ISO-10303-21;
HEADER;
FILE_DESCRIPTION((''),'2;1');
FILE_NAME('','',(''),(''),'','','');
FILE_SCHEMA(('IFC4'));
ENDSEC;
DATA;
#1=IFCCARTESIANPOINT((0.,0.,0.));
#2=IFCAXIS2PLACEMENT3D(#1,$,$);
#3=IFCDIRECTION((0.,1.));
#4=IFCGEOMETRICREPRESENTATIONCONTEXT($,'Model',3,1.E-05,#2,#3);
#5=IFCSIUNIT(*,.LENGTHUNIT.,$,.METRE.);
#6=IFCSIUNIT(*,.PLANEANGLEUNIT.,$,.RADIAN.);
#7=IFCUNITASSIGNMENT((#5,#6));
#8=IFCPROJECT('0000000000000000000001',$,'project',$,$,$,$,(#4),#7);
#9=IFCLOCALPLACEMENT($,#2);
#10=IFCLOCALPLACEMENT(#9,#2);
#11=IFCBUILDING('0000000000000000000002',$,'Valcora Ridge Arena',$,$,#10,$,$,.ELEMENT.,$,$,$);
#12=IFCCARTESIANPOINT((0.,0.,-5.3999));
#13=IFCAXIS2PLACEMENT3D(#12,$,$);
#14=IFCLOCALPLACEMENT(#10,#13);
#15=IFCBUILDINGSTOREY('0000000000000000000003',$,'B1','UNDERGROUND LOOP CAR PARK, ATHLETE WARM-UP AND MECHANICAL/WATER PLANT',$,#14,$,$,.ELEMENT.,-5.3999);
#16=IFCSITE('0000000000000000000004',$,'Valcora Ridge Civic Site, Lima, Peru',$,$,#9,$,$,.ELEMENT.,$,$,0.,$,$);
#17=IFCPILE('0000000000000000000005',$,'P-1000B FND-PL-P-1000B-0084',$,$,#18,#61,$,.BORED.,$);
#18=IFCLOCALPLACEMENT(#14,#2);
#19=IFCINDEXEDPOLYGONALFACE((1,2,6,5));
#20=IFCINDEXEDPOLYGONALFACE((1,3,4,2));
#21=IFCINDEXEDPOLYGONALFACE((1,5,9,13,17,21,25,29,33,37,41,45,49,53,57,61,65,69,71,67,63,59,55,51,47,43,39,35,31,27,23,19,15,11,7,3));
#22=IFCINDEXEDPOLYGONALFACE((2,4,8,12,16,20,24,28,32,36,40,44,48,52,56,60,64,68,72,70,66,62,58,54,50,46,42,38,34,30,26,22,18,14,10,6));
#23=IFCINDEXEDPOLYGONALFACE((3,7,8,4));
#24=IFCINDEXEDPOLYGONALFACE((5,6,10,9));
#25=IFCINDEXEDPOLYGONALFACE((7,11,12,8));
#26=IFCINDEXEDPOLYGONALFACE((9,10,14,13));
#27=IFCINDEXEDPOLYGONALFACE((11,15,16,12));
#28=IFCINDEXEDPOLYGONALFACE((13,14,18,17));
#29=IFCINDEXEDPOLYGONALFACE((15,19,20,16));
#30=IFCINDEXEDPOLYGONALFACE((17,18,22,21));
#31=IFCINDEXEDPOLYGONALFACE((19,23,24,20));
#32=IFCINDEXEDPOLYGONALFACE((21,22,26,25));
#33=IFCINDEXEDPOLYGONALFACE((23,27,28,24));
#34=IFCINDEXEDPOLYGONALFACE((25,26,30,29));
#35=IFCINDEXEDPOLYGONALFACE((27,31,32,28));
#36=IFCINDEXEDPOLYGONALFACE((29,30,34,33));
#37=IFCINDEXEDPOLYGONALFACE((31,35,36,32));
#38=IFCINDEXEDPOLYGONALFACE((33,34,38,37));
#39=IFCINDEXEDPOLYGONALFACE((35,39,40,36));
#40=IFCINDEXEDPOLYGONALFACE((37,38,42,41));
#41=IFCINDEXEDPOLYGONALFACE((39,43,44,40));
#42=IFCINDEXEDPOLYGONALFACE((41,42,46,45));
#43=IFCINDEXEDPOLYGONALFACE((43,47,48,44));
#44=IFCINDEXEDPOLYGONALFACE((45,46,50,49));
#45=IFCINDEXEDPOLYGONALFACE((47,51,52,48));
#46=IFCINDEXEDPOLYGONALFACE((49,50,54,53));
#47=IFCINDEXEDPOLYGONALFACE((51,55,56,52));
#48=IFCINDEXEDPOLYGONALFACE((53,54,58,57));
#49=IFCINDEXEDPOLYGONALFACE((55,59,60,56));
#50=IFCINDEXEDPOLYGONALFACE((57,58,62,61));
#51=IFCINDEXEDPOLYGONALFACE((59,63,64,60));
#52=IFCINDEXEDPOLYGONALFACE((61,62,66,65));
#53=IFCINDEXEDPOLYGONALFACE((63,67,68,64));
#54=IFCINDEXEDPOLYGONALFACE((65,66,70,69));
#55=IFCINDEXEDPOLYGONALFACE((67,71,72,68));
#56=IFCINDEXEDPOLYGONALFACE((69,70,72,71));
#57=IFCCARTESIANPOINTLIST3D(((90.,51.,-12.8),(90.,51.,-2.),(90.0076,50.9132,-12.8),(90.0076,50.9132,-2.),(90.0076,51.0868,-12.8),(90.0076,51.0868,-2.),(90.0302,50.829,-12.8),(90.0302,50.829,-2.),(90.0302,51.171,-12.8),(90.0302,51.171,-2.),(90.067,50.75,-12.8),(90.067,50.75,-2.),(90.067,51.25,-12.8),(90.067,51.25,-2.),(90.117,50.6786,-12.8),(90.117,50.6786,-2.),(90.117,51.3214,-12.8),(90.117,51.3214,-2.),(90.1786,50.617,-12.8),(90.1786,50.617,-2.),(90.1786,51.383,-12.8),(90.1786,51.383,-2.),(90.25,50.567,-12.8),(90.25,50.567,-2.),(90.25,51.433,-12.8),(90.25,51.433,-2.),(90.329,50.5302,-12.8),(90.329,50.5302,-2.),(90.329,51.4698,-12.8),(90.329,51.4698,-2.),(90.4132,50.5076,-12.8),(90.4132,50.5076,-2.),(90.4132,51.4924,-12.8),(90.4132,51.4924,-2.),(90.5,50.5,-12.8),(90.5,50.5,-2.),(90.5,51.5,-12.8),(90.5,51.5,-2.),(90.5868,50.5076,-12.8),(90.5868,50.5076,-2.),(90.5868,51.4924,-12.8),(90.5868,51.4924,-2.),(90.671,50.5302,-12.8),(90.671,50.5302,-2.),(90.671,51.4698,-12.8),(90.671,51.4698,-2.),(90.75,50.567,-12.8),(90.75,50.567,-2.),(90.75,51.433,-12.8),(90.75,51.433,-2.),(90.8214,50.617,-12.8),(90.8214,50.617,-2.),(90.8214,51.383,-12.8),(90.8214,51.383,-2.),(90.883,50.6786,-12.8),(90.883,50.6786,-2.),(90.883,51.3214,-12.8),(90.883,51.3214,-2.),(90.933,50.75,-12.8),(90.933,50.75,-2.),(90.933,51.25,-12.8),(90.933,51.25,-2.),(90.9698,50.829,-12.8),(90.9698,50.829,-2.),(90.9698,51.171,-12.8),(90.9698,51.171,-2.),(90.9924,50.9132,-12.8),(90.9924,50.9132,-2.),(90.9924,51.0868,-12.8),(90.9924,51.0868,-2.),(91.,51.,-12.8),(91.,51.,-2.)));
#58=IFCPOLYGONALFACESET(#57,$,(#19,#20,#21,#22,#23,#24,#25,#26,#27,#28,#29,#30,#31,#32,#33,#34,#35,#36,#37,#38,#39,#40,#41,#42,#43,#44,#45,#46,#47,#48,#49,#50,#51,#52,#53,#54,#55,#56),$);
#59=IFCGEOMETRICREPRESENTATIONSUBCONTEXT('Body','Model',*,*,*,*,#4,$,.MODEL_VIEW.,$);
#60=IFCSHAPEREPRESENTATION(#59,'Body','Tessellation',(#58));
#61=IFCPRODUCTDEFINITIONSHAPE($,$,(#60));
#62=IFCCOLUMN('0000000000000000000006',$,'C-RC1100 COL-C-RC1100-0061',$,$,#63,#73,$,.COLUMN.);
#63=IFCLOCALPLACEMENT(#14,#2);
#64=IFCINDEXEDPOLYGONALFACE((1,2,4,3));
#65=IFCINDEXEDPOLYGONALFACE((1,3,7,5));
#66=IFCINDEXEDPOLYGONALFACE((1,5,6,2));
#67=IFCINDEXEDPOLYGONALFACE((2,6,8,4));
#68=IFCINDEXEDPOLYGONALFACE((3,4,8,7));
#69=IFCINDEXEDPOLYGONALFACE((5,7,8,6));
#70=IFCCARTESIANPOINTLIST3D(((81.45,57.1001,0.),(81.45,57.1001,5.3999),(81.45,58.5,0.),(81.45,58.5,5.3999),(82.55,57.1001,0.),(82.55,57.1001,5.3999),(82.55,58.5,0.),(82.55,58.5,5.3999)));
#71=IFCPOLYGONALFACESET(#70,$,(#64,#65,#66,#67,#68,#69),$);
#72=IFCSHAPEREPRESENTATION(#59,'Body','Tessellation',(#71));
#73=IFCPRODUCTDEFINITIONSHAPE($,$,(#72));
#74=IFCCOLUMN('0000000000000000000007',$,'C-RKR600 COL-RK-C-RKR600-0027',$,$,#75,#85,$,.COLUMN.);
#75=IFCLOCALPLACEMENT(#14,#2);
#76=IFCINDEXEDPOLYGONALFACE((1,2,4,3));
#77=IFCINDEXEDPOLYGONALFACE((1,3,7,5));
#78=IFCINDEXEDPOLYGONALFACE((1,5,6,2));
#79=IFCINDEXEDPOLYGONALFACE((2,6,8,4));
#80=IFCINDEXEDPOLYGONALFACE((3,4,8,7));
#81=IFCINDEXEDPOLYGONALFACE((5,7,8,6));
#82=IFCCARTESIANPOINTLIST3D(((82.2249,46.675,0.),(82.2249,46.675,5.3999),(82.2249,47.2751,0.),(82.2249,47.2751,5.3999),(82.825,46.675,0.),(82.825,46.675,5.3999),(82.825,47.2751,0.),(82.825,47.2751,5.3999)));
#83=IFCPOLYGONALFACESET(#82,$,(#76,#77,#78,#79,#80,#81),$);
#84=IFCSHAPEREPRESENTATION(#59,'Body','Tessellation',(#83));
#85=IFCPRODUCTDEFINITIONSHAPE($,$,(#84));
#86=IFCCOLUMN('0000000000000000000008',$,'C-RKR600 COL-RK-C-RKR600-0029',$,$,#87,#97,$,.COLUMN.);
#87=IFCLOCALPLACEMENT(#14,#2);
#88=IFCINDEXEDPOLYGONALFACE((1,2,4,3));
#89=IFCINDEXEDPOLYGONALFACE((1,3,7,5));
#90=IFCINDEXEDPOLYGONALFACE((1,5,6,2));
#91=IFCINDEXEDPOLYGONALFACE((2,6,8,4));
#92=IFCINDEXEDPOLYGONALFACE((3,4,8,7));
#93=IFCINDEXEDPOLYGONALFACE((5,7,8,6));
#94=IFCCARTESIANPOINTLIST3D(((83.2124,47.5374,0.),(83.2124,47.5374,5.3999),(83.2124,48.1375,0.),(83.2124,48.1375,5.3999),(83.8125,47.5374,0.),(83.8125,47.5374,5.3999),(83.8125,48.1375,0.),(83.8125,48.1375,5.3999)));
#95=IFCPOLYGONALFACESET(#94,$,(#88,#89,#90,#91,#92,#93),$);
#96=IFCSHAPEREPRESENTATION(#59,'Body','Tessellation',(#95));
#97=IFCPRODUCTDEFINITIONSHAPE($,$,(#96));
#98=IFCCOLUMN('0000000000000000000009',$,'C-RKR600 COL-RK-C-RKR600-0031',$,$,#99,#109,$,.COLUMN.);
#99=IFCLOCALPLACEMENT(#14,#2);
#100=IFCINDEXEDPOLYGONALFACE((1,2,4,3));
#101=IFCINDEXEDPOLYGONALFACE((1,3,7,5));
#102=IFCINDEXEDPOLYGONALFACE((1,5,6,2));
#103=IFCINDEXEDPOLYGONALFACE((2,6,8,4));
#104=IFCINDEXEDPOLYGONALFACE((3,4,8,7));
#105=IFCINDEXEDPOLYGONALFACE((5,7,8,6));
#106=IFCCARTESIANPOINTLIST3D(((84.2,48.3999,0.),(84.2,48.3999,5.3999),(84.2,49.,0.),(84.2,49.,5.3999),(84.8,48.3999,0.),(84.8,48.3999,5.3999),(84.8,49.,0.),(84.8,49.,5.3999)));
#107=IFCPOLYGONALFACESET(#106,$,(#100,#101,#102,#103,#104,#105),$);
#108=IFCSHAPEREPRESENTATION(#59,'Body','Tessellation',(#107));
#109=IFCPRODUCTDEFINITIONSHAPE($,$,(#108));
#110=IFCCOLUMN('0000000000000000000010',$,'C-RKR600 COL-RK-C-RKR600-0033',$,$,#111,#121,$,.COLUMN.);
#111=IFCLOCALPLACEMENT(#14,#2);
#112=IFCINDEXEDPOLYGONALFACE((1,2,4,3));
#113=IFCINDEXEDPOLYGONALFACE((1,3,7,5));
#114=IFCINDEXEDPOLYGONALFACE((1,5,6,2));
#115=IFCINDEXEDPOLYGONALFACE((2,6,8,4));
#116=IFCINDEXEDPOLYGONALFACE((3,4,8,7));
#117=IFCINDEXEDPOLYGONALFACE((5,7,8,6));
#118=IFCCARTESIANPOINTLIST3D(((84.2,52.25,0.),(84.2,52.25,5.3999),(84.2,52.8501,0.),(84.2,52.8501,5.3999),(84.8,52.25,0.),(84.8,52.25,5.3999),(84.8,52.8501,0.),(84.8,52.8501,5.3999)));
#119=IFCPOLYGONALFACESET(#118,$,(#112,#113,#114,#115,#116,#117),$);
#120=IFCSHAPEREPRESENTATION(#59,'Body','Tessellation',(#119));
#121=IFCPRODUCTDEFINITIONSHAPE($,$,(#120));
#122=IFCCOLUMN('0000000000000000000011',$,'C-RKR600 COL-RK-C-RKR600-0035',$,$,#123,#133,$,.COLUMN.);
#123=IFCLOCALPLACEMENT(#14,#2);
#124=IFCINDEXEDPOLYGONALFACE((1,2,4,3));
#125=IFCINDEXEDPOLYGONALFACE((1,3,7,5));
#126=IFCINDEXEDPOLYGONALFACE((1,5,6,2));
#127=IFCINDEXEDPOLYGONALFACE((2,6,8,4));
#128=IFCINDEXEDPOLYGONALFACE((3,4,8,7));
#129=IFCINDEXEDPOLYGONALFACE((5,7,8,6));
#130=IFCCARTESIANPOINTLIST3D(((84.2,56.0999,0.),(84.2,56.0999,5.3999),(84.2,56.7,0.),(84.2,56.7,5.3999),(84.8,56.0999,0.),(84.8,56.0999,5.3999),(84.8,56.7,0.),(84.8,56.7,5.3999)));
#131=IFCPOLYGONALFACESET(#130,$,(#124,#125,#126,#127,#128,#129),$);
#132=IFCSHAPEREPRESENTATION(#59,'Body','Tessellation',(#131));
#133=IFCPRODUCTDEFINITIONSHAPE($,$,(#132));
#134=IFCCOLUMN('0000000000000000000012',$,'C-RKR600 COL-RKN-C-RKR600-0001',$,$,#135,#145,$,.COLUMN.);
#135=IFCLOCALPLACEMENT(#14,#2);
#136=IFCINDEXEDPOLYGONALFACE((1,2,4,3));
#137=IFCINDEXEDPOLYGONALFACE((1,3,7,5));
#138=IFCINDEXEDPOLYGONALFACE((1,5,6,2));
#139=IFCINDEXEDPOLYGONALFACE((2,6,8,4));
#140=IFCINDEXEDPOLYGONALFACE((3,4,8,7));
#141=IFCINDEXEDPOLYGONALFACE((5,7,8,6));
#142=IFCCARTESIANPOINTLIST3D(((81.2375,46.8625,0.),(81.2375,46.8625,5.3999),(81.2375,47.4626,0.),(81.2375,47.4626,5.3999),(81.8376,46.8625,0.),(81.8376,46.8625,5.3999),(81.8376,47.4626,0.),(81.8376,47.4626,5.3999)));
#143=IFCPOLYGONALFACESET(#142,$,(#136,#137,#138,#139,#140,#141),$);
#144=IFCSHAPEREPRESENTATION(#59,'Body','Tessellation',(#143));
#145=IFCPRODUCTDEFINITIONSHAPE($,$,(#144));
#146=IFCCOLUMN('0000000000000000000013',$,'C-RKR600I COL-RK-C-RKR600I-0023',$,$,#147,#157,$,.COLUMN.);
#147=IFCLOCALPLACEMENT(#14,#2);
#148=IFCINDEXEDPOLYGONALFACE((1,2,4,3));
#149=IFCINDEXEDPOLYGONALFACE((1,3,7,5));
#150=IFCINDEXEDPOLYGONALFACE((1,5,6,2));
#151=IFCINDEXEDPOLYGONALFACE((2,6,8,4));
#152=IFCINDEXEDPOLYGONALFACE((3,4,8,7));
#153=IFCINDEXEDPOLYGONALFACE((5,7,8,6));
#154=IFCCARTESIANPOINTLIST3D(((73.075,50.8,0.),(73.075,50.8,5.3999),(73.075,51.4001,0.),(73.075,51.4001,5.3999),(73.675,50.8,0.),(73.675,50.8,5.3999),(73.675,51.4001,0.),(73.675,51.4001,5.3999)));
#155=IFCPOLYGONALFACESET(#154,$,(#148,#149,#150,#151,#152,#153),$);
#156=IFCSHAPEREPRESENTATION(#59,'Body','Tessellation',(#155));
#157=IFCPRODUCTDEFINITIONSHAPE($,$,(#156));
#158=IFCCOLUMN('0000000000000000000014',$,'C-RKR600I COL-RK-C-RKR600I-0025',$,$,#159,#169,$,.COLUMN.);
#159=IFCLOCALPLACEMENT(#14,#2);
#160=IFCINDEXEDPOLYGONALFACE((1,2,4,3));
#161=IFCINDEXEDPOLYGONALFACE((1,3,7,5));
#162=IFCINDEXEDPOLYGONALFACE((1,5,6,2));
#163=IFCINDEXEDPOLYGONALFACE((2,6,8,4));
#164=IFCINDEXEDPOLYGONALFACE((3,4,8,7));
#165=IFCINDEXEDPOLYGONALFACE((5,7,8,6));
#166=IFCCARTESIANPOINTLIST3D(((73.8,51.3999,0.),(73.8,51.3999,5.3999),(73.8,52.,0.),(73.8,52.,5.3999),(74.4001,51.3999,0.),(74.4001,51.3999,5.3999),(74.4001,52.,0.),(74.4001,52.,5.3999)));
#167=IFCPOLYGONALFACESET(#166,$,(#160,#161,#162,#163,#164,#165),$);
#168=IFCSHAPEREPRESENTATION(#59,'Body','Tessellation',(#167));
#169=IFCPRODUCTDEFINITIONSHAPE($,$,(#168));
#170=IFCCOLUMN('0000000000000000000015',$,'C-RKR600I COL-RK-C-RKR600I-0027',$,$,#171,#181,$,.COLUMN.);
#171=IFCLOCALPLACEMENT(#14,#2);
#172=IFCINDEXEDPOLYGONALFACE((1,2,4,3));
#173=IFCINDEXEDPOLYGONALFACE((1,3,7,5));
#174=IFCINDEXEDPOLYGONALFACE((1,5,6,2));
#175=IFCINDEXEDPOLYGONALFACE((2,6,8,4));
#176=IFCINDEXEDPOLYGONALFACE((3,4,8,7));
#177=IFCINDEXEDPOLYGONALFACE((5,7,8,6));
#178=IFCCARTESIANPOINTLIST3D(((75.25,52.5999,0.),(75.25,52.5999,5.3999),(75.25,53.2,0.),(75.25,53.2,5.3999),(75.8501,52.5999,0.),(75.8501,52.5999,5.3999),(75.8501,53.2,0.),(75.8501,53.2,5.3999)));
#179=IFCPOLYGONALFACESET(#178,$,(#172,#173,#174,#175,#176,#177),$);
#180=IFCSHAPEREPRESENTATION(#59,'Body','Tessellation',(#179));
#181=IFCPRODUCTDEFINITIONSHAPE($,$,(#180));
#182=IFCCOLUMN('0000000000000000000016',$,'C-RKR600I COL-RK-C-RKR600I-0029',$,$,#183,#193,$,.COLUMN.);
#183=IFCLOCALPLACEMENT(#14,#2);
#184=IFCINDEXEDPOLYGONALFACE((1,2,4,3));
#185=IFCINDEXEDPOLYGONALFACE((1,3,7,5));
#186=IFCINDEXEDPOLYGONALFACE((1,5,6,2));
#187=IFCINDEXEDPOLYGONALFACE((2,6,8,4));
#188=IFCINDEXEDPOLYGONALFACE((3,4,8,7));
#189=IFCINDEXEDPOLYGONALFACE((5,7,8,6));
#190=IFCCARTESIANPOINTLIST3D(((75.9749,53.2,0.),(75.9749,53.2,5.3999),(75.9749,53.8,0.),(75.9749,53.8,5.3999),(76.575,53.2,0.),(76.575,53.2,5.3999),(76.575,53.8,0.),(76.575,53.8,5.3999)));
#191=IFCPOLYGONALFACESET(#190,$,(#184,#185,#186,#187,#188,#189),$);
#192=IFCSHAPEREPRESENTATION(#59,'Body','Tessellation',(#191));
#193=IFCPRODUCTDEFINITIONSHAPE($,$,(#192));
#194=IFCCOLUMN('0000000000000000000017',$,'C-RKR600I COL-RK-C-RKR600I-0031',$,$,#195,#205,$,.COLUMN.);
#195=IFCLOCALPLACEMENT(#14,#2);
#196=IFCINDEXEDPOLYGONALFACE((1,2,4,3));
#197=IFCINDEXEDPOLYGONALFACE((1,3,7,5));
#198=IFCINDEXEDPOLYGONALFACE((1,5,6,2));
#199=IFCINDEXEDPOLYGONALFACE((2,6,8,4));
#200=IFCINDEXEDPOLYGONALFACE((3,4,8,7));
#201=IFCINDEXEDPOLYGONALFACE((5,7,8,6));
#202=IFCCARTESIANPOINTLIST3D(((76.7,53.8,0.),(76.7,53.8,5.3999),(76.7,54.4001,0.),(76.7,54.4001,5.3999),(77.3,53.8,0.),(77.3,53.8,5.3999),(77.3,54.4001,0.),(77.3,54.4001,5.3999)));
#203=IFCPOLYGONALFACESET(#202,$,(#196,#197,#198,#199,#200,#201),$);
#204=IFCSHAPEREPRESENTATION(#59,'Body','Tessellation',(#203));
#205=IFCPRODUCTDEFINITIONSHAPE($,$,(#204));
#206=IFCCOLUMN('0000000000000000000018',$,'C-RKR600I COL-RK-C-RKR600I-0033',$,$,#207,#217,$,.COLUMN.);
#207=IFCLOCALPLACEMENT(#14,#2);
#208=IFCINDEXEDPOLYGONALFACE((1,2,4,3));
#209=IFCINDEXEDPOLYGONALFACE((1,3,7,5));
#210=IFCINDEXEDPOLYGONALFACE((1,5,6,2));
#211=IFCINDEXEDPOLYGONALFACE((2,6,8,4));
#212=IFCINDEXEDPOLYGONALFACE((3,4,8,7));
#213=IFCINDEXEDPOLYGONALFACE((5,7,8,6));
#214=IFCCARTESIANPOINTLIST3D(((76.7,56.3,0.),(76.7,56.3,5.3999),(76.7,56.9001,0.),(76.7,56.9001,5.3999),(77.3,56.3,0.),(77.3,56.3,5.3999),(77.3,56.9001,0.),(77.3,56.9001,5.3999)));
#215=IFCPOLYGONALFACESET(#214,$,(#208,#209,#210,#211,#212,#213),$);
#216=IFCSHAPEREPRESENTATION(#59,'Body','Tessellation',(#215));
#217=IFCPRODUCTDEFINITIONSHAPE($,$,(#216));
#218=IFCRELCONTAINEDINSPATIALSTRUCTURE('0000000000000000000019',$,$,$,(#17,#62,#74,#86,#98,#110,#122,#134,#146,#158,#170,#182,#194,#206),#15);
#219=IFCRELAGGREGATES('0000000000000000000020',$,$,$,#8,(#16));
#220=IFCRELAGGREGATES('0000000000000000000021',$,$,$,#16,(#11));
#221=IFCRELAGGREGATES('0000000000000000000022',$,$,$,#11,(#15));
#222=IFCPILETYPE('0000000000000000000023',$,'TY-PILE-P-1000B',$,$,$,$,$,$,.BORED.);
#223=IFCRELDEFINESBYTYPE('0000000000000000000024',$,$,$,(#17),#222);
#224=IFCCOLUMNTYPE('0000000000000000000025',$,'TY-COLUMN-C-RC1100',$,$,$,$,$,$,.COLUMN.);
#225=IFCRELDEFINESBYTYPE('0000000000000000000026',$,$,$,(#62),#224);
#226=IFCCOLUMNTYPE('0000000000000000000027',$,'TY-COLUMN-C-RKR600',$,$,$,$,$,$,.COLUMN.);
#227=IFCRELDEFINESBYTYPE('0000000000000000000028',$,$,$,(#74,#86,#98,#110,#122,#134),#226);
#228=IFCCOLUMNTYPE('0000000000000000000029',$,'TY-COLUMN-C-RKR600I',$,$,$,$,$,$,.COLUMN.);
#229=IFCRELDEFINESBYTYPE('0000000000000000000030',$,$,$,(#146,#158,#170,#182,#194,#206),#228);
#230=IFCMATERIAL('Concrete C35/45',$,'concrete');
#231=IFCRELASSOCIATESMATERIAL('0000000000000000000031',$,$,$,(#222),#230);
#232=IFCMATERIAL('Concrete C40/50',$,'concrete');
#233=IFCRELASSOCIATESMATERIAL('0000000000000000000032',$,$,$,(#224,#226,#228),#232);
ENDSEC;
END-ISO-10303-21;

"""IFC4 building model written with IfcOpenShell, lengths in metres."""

from ifc_helpers import new_model, si_unit, direction, frame, origin, origin_2d, place, context, subcontext, project, spatial, rectangle, circle, extrude, material, material_profile, profile_set, type_object, element, save


model = new_model("IFC4")

# Units and contexts
model_context = context("Model", 3, precision=1e-05, world=origin(), true_north=direction((0.0, 1.0)))
body_context = subcontext(model_context, "Body", "Model", "MODEL_VIEW")
ifc_project = project(units=[si_unit("LENGTHUNIT", "METRE"), si_unit("PLANEANGLEUNIT", "RADIAN")], contexts=[model_context])

# Site, building, storey
site_placement = place(None, origin())
site = spatial("IfcSite", under=ifc_project, at=site_placement, Name="Valcora Ridge Civic Site, Lima, Peru", CompositionType="ELEMENT", RefElevation=0.0)
building_placement = place(site_placement, origin())
building = spatial("IfcBuilding", under=site, at=building_placement, Name="Valcora Ridge Arena", CompositionType="ELEMENT")
storey_placement = place(building_placement, frame((0.0, 0.0, -5.3999)))
storey = spatial("IfcBuildingStorey", under=building, at=storey_placement, Name="B1", Description="UNDERGROUND LOOP CAR PARK, ATHLETE WARM-UP AND MECHANICAL/WATER PLANT", CompositionType="ELEMENT", Elevation=-5.3999)

# Shared definitions
ifc_material_1 = material(Name="Concrete C40/50", Category="concrete")

# Pile
ifc_material_2 = material(Name="Concrete C35/45", Category="concrete")
ifc_material_profile_1 = material_profile(ifc_material_2, circle(Radius=0.5, at=origin_2d()), Name="BORED PILE D1000")
ifc_profile_set_1 = profile_set([ifc_material_profile_1], Name="Concrete C35/45")
pile_type = type_object("IfcPileType", Name="TY-PILE-P-1000B", PredefinedType="BORED", material=ifc_profile_set_1)
for number, where, z_axis, x_axis, name in (
    (1, (90.5, 51.0, -2.0), (0.0, 0.0, -1.0), (1.0, 0.0, 0.0), "P-1000B FND-PL-P-1000B-0084"),
):
    element("IfcPile", number, at=place(storey_placement, frame(where, z_axis=z_axis, x_axis=x_axis)), inside=storey, type_object=pile_type, Name=name, PredefinedType="BORED", context=body_context, shape_type="SweptSolid", body=[
        extrude(circle(Radius=0.5, at=origin_2d()), origin(), (0.0, 0.0, 1.0), 10.8),
    ])

# Columns
ifc_material_profile_2 = material_profile(ifc_material_1, rectangle(XDim=1.1001, YDim=1.3999, at=origin_2d()), Name="RC 1100x1400")
ifc_profile_set_2 = profile_set([ifc_material_profile_2], Name="Concrete C40/50")
column_type_1 = type_object("IfcColumnType", Name="TY-COLUMN-C-RC1100", PredefinedType="COLUMN", material=ifc_profile_set_2)
column_placement = place(storey_placement, frame((82.0, 57.8, 0.0), z_axis=(0.0, 0.0, 1.0), x_axis=(1.0, 0.0, 0.0)))
element("IfcColumn", 2, at=column_placement, inside=storey, type_object=column_type_1, Name="C-RC1100 COL-C-RC1100-0061", PredefinedType="COLUMN", context=body_context, shape_type="SweptSolid", body=[
    extrude(rectangle(XDim=1.1001, YDim=1.3999, at=origin_2d()), origin(), (0.0, 0.0, 1.0), 5.3999),
])
ifc_material_profile_3 = material_profile(ifc_material_1, rectangle(XDim=0.6001, YDim=0.6001, at=origin_2d()), Name="RC 600x600")
ifc_profile_set_3 = profile_set([ifc_material_profile_3], Name="Concrete C40/50")
column_type_2 = type_object("IfcColumnType", Name="TY-COLUMN-C-RKR600", PredefinedType="COLUMN", material=ifc_profile_set_3)
for number, where, z_axis, x_axis, name in (
    (3, (82.5249, 46.9751, 0.0), (0.0, 0.0, 1.0), (1.0, 0.0, 0.0), "C-RKR600 COL-RK-C-RKR600-0027"),
    (4, (83.5125, 47.8374, 0.0), (0.0, 0.0, 1.0), (1.0, 0.0, 0.0), "C-RKR600 COL-RK-C-RKR600-0029"),
    (5, (84.5, 48.7, 0.0), (0.0, 0.0, 1.0), (1.0, 0.0, 0.0), "C-RKR600 COL-RK-C-RKR600-0031"),
    (6, (84.5, 52.55, 0.0), (0.0, 0.0, 1.0), (1.0, 0.0, 0.0), "C-RKR600 COL-RK-C-RKR600-0033"),
    (7, (84.5, 56.3999, 0.0), (0.0, 0.0, 1.0), (1.0, 0.0, 0.0), "C-RKR600 COL-RK-C-RKR600-0035"),
    (8, (81.5376, 47.1626, 0.0), (0.0, 0.0, 1.0), (1.0, 0.0, 0.0), "C-RKR600 COL-RKN-C-RKR600-0001"),
):
    element("IfcColumn", number, at=place(storey_placement, frame(where, z_axis=z_axis, x_axis=x_axis)), inside=storey, type_object=column_type_2, Name=name, PredefinedType="COLUMN", context=body_context, shape_type="SweptSolid", body=[
        extrude(rectangle(XDim=0.6001, YDim=0.6001, at=origin_2d()), origin(), (0.0, 0.0, 1.0), 5.3999),
    ])
ifc_material_profile_4 = material_profile(ifc_material_1, rectangle(XDim=0.6001, YDim=0.6001, at=origin_2d()), Name="RC 600x600")
ifc_profile_set_4 = profile_set([ifc_material_profile_4], Name="Concrete C40/50")
column_type_3 = type_object("IfcColumnType", Name="TY-COLUMN-C-RKR600I", PredefinedType="COLUMN", material=ifc_profile_set_4)
for number, where, z_axis, x_axis, name in (
    (9, (73.375, 51.1001, 0.0), (0.0, 0.0, 1.0), (1.0, 0.0, 0.0), "C-RKR600I COL-RK-C-RKR600I-0023"),
    (10, (74.1001, 51.7, 0.0), (0.0, 0.0, 1.0), (1.0, 0.0, 0.0), "C-RKR600I COL-RK-C-RKR600I-0025"),
    (11, (75.55, 52.8999, 0.0), (0.0, 0.0, 1.0), (1.0, 0.0, 0.0), "C-RKR600I COL-RK-C-RKR600I-0027"),
    (12, (76.2749, 53.5, 0.0), (0.0, 0.0, 1.0), (1.0, 0.0, 0.0), "C-RKR600I COL-RK-C-RKR600I-0029"),
    (13, (77.0, 54.1001, 0.0), (0.0, 0.0, 1.0), (1.0, 0.0, 0.0), "C-RKR600I COL-RK-C-RKR600I-0031"),
    (14, (77.0, 56.6001, 0.0), (0.0, 0.0, 1.0), (1.0, 0.0, 0.0), "C-RKR600I COL-RK-C-RKR600I-0033"),
):
    element("IfcColumn", number, at=place(storey_placement, frame(where, z_axis=z_axis, x_axis=x_axis)), inside=storey, type_object=column_type_3, Name=name, PredefinedType="COLUMN", context=body_context, shape_type="SweptSolid", body=[
        extrude(rectangle(XDim=0.6001, YDim=0.6001, at=origin_2d()), origin(), (0.0, 0.0, 1.0), 5.3999),
    ])

save(model, "model.ifc")
